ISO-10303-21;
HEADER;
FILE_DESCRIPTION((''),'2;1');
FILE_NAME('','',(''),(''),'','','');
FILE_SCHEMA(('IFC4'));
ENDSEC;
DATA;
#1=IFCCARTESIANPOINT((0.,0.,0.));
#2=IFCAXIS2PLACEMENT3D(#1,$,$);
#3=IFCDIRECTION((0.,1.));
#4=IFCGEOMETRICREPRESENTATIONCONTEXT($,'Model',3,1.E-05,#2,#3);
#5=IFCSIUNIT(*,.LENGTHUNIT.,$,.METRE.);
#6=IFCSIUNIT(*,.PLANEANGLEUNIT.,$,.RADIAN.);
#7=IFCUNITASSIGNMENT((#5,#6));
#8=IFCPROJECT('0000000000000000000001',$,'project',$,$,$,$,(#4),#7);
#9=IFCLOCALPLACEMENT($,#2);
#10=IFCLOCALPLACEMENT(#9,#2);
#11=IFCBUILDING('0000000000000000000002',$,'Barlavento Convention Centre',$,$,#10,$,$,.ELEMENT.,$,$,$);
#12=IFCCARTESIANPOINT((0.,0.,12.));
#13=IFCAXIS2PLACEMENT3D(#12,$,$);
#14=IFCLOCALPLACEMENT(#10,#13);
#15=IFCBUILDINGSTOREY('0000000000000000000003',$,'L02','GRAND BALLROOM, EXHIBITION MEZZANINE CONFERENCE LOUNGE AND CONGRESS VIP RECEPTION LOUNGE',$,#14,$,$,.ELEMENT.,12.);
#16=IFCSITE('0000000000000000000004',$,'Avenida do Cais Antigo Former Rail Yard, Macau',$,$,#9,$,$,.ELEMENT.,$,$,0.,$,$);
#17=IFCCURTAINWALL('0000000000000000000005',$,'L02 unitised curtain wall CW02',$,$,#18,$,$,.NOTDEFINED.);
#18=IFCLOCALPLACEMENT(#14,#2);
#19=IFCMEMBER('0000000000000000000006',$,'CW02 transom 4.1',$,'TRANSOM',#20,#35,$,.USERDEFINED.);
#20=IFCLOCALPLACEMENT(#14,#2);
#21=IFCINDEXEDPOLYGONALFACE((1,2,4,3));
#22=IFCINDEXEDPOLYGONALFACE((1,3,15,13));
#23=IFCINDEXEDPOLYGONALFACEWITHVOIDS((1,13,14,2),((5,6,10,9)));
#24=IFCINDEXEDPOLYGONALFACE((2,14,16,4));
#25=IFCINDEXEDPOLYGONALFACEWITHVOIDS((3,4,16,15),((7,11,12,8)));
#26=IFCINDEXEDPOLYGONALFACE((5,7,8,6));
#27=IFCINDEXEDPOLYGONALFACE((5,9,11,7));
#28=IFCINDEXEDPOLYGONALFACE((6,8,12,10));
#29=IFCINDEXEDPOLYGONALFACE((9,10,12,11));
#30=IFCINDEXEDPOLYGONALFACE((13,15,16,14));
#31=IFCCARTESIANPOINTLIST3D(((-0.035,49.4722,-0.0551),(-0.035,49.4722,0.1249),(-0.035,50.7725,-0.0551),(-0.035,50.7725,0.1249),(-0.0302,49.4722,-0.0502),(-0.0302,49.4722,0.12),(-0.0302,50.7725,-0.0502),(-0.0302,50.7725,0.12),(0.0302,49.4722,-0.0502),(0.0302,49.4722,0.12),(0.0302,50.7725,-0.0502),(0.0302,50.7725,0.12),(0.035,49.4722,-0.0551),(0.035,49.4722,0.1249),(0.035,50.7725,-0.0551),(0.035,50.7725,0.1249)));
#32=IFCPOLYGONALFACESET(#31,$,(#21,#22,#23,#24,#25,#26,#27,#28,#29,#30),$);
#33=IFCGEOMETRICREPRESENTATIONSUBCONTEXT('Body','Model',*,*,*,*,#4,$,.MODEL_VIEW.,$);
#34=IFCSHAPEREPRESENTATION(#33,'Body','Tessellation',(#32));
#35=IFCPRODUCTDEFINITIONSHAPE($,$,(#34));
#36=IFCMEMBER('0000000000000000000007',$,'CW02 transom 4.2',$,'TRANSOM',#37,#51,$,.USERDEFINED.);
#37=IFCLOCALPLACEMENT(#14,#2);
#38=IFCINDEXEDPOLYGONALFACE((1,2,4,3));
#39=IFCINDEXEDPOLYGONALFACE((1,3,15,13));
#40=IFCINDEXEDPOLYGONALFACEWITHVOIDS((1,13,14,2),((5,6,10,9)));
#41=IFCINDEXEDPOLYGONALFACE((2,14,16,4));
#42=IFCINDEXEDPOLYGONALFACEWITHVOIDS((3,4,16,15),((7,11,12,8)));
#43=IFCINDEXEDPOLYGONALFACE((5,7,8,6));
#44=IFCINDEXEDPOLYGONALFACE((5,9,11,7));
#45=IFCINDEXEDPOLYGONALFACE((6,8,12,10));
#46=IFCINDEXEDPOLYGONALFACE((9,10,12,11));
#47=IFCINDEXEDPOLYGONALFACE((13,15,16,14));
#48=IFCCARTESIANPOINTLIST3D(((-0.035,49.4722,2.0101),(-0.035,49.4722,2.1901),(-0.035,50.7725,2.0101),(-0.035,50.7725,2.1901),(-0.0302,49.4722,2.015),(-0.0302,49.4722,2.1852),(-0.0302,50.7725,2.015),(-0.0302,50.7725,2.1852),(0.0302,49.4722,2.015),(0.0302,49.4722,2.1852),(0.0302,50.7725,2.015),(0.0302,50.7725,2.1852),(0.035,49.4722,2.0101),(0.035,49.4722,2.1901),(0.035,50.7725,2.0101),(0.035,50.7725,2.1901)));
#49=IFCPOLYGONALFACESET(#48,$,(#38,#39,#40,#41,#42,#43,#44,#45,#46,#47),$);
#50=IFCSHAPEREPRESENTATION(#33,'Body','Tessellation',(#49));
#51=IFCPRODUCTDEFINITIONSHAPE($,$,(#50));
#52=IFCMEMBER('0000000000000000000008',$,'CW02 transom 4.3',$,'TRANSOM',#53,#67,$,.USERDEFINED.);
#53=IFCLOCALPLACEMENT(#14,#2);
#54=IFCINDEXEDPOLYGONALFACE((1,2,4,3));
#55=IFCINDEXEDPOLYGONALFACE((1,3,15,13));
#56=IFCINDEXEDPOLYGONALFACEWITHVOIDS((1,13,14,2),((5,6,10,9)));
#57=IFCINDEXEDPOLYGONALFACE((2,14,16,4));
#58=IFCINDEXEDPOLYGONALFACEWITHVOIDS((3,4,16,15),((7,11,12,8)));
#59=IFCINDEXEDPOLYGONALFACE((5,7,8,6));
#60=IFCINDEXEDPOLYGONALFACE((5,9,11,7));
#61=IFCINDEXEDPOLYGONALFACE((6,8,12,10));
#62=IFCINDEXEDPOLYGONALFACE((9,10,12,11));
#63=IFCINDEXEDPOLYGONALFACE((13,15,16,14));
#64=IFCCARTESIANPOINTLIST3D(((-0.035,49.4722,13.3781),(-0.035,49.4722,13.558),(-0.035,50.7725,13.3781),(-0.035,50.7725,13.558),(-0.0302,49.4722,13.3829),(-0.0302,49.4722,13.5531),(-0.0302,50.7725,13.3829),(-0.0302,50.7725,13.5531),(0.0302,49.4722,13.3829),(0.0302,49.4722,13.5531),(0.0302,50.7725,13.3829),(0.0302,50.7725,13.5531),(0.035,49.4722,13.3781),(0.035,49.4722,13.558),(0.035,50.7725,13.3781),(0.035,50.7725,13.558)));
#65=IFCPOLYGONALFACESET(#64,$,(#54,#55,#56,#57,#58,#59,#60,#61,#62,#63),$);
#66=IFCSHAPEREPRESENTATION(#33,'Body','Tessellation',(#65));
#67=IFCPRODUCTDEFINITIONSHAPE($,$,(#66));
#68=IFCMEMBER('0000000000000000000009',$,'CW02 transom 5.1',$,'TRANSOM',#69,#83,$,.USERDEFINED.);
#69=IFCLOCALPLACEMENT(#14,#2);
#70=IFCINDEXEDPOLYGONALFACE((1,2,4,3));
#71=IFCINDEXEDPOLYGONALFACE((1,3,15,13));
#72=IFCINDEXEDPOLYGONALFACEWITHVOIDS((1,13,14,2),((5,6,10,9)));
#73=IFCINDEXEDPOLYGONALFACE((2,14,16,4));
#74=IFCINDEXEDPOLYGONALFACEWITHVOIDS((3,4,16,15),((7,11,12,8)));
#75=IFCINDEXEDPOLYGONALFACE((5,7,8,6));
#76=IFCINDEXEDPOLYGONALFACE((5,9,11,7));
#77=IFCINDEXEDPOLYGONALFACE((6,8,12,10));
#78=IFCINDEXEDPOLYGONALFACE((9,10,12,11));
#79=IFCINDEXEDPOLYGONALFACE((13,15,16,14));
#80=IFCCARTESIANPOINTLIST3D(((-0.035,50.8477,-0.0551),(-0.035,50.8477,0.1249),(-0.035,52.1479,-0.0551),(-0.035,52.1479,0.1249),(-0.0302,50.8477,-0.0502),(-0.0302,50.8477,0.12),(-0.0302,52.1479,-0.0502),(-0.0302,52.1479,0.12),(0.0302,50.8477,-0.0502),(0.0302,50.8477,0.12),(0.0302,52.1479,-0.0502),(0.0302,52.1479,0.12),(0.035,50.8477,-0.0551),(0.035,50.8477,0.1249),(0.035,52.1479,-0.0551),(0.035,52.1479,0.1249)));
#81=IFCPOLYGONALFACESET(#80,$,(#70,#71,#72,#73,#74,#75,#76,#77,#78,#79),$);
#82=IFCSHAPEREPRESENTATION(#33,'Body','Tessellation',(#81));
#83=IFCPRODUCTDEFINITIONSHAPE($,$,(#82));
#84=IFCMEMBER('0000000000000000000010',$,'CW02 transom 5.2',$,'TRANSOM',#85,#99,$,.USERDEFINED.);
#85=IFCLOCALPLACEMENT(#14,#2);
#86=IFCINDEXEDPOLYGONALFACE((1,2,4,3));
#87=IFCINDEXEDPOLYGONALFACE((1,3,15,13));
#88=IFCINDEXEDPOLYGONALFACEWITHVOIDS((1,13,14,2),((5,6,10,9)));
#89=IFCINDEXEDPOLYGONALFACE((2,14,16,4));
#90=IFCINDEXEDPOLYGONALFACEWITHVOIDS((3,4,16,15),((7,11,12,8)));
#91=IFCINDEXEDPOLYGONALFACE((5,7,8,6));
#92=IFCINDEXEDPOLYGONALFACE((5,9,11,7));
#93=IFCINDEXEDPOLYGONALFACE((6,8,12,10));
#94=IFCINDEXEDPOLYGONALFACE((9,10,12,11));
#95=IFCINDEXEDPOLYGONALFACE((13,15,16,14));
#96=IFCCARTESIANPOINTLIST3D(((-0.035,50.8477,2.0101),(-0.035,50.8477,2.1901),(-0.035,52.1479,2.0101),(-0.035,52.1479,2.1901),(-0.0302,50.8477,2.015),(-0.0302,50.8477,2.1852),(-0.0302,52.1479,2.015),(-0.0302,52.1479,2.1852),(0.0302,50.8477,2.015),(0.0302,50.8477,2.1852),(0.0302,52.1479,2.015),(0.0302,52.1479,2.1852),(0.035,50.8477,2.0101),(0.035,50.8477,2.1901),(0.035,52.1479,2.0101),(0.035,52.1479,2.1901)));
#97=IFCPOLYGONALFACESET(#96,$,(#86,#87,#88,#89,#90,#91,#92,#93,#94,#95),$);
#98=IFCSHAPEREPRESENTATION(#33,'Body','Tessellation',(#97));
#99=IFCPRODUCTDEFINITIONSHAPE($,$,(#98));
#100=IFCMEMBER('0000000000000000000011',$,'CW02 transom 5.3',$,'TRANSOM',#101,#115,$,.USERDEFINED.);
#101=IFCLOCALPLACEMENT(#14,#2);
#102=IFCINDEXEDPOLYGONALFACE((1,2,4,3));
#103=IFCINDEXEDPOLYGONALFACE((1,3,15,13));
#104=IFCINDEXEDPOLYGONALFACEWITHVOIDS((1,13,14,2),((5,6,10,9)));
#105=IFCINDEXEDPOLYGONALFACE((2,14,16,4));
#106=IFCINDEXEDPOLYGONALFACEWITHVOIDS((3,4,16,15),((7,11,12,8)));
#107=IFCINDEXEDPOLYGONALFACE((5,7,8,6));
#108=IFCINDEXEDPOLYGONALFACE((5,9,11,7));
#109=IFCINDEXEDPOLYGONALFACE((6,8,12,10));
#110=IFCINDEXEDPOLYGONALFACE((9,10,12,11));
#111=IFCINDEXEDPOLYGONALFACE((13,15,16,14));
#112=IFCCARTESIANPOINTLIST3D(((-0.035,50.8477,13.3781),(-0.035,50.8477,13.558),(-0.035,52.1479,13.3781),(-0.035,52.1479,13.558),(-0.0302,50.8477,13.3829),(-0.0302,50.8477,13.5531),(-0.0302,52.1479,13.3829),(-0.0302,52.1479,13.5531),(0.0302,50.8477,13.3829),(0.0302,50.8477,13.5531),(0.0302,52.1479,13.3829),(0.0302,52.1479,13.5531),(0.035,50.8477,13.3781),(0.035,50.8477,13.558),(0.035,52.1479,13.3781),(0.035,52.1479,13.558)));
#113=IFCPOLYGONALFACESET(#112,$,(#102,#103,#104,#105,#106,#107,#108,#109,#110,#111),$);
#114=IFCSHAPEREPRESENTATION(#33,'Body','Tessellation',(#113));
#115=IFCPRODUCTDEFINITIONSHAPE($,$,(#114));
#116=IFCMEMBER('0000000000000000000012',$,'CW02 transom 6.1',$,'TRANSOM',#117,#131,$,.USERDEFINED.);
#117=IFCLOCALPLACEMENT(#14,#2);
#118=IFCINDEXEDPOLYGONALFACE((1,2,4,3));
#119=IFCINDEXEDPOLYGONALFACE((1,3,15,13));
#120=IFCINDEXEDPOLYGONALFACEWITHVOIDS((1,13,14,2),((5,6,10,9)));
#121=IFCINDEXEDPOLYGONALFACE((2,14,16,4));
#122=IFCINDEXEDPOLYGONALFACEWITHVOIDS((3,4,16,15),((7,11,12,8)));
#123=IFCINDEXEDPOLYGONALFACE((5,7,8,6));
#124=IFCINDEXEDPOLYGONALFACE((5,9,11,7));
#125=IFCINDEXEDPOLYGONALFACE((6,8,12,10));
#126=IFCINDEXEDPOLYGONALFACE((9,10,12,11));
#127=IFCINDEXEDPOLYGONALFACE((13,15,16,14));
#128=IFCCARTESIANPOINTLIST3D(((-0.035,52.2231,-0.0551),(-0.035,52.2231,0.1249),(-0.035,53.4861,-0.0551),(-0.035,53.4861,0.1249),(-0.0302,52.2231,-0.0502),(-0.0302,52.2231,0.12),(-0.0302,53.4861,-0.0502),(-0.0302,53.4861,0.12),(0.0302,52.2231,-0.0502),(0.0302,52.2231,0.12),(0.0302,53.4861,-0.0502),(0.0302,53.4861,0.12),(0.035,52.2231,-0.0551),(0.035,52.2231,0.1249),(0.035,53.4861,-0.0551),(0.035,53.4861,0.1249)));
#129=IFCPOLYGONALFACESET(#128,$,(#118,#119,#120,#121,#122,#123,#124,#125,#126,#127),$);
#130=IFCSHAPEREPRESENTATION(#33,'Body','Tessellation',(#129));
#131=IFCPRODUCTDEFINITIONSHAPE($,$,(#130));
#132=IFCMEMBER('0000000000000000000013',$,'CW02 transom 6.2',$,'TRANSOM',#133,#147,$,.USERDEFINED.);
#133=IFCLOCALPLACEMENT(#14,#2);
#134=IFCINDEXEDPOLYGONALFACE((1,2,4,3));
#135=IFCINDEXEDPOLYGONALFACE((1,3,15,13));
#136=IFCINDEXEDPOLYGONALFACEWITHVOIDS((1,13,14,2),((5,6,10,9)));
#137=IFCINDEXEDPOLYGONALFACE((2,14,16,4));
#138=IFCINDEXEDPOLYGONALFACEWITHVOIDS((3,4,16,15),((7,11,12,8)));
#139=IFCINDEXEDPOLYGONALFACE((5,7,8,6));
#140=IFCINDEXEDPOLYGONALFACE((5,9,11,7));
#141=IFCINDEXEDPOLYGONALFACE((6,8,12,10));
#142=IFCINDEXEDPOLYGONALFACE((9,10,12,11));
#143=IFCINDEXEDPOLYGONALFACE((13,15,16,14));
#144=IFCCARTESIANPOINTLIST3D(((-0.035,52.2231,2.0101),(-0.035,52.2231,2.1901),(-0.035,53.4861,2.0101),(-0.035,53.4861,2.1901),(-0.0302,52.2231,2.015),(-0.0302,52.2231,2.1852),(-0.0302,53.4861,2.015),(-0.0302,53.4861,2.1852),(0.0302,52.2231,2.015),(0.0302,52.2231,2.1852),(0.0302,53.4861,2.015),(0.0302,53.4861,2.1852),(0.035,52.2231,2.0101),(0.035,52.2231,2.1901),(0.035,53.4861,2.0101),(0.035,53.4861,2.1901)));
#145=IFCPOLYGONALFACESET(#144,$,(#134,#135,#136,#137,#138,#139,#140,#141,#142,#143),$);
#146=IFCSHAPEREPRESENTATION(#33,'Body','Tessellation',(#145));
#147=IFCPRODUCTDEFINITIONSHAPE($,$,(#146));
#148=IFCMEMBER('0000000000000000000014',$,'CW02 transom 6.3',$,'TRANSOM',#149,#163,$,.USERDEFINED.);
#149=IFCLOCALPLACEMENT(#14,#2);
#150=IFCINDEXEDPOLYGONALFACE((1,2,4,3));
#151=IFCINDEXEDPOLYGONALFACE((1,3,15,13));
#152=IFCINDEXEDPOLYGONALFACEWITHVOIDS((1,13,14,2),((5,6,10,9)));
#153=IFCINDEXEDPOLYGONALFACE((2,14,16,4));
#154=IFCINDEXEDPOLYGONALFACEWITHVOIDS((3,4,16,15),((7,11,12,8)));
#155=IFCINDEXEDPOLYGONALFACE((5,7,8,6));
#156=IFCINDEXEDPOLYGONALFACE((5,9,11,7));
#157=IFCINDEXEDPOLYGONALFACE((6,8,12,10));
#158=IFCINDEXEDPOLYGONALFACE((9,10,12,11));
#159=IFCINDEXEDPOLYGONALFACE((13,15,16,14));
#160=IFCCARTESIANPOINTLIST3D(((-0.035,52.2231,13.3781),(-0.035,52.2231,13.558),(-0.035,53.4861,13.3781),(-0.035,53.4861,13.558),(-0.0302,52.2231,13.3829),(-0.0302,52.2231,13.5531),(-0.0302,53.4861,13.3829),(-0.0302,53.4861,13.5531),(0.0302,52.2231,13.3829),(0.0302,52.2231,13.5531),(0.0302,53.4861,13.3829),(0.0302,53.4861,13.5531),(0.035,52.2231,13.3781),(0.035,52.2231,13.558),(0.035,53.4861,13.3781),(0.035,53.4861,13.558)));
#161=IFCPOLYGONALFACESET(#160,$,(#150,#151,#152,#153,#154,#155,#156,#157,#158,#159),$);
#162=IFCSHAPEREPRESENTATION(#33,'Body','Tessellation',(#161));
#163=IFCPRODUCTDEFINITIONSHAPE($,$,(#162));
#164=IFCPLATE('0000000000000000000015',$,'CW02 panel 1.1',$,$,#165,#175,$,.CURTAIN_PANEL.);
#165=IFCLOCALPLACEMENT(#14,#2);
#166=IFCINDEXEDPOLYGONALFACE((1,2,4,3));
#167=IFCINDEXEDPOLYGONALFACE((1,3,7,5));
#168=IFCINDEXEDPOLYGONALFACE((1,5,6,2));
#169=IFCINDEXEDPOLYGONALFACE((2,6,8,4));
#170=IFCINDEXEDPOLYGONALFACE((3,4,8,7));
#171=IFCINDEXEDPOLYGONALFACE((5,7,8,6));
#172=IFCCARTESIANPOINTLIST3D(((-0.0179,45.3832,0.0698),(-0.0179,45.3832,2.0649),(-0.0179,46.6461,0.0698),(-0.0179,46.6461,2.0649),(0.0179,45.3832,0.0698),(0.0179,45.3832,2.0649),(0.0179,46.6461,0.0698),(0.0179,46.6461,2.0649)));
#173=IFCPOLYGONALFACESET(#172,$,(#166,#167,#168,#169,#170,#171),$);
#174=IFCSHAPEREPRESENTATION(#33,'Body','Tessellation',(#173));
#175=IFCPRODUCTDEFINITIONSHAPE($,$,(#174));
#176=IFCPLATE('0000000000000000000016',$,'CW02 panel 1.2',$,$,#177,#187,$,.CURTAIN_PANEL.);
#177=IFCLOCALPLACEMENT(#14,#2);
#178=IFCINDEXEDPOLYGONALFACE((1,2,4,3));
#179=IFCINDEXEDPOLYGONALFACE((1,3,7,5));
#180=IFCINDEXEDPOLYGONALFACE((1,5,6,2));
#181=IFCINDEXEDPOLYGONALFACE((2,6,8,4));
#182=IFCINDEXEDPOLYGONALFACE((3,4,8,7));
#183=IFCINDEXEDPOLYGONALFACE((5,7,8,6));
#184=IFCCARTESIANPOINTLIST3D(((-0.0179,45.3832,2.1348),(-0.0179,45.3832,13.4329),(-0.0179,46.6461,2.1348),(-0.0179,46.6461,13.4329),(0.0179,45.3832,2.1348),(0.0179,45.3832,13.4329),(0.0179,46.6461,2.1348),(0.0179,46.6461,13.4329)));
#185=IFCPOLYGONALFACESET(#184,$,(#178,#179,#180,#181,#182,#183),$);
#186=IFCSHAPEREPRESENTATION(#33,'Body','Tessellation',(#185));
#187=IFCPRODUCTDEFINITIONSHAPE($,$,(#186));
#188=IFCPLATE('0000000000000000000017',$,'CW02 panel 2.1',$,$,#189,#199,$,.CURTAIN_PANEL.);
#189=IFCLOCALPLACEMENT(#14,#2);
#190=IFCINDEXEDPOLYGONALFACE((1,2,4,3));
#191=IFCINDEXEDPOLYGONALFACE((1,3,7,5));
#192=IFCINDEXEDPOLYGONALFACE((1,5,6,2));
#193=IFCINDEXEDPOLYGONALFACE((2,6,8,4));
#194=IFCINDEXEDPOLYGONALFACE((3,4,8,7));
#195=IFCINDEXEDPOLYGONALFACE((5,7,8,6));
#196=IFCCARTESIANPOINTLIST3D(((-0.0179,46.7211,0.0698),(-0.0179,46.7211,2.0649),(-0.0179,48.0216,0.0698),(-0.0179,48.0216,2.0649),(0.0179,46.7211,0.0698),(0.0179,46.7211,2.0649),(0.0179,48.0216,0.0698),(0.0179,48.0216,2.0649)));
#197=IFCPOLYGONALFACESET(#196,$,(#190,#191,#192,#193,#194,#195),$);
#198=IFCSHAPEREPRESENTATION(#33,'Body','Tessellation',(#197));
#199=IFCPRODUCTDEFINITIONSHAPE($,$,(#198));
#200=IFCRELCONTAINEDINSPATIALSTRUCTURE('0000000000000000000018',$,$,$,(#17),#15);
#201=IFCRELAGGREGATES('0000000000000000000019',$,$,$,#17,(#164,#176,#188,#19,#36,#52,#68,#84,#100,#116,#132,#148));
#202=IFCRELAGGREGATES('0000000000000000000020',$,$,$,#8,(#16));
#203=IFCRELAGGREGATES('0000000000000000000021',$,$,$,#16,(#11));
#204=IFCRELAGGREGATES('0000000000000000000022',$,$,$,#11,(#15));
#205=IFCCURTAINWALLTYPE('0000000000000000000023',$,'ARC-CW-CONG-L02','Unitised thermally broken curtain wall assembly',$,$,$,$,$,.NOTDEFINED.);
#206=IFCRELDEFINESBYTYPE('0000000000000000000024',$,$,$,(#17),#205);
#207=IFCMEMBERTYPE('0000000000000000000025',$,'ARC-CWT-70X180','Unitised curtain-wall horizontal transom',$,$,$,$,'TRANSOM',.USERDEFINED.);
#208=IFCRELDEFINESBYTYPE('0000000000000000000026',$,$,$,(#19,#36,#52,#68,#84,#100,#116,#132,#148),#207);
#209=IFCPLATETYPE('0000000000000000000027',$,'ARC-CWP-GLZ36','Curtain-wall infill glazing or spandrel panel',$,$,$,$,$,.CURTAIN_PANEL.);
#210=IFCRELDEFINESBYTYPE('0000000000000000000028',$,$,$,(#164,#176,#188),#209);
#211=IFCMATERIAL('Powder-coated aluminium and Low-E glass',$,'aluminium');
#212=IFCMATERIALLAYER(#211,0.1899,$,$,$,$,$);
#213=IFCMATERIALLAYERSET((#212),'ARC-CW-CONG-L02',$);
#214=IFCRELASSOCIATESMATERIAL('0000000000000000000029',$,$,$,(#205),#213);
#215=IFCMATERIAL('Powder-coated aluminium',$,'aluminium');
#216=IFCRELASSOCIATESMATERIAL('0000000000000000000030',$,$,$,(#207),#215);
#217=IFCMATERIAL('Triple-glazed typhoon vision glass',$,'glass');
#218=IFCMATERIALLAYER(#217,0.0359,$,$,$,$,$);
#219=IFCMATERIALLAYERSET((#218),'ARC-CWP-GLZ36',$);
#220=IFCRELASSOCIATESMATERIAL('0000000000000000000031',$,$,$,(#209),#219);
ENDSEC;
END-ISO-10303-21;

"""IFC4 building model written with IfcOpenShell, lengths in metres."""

from ifc_helpers import new_model, si_unit, direction, frame, origin, origin_2d, place, context, subcontext, project, spatial, rectangle, hollow_rectangle, extrude, material, layer, layer_set, material_profile, profile_set, type_object, element, aggregate, save


model = new_model("IFC4")

# Units and contexts
model_context = context("Model", 3, precision=1e-05, world=origin(), true_north=direction((0.0, 1.0)))
body_context = subcontext(model_context, "Body", "Model", "MODEL_VIEW")
ifc_project = project(units=[si_unit("LENGTHUNIT", "METRE"), si_unit("PLANEANGLEUNIT", "RADIAN")], contexts=[model_context])

# Site, building, storey
site_placement = place(None, origin())
site = spatial("IfcSite", under=ifc_project, at=site_placement, Name="Avenida do Cais Antigo Former Rail Yard, Macau", CompositionType="ELEMENT", RefElevation=0.0)
building_placement = place(site_placement, origin())
building = spatial("IfcBuilding", under=site, at=building_placement, Name="Barlavento Convention Centre", CompositionType="ELEMENT")
storey_placement = place(building_placement, frame((0.0, 0.0, 12.0)))
storey = spatial("IfcBuildingStorey", under=building, at=storey_placement, Name="L02", Description="GRAND BALLROOM, EXHIBITION MEZZANINE CONFERENCE LOUNGE AND CONGRESS VIP RECEPTION LOUNGE", CompositionType="ELEMENT", Elevation=12.0)

# Curtain wall, members, plates
ifc_material_1 = material(Name="Powder-coated aluminium and Low-E glass", Category="aluminium")
ifc_layer_1 = layer(ifc_material_1, 0.1899)
ifc_layer_set_1 = layer_set([ifc_layer_1], Name="ARC-CW-CONG-L02")
curtain_wall_type = type_object("IfcCurtainWallType", Name="ARC-CW-CONG-L02", Description="Unitised thermally broken curtain wall assembly", PredefinedType="NOTDEFINED", material=ifc_layer_set_1)
curtain_wall_placement = place(storey_placement, origin())
curtain_wall = element("IfcCurtainWall", 1, at=curtain_wall_placement, inside=storey, type_object=curtain_wall_type, Name="L02 unitised curtain wall CW02", PredefinedType="NOTDEFINED")
ifc_material_2 = material(Name="Powder-coated aluminium", Category="aluminium")
ifc_material_profile_1 = material_profile(ifc_material_2, hollow_rectangle(XDim=0.0701, YDim=0.1799, WallThickness=0.0049, at=origin_2d()), Name="AL-TRAN 70x180x5")
ifc_profile_set_1 = profile_set([ifc_material_profile_1], Name="Powder-coated aluminium")
member_type_1 = type_object("IfcMemberType", Name="ARC-CWT-70X180", Description="Unitised curtain-wall horizontal transom", ElementType="TRANSOM", PredefinedType="USERDEFINED", material=ifc_profile_set_1)
member_1_placement = place(storey_placement, frame((0.0, 49.4722, 0.0349), z_axis=(0.0, 1.0, 0.0), x_axis=(-1.0, 0.0, 0.0)))
member_1 = element("IfcMember", 2, at=member_1_placement, type_object=member_type_1, Name="CW02 transom 4.1", ObjectType="TRANSOM", PredefinedType="USERDEFINED", context=body_context, shape_type="SweptSolid", body=[
    extrude(hollow_rectangle(XDim=0.0701, YDim=0.1799, WallThickness=0.0049, at=origin_2d()), origin(), (0.0, 0.0, 1.0), 1.3003),
])
member_2_placement = place(storey_placement, frame((0.0, 49.4722, 2.1001), z_axis=(0.0, 1.0, 0.0), x_axis=(-1.0, 0.0, 0.0)))
member_2 = element("IfcMember", 3, at=member_2_placement, type_object=member_type_1, Name="CW02 transom 4.2", ObjectType="TRANSOM", PredefinedType="USERDEFINED", context=body_context, shape_type="SweptSolid", body=[
    extrude(hollow_rectangle(XDim=0.0701, YDim=0.1799, WallThickness=0.0049, at=origin_2d()), origin(), (0.0, 0.0, 1.0), 1.3003),
])
member_3_placement = place(storey_placement, frame((0.0, 49.4722, 13.468), z_axis=(0.0, 1.0, 0.0), x_axis=(-1.0, 0.0, 0.0)))
member_3 = element("IfcMember", 4, at=member_3_placement, type_object=member_type_1, Name="CW02 transom 4.3", ObjectType="TRANSOM", PredefinedType="USERDEFINED", context=body_context, shape_type="SweptSolid", body=[
    extrude(hollow_rectangle(XDim=0.0701, YDim=0.1799, WallThickness=0.0049, at=origin_2d()), origin(), (0.0, 0.0, 1.0), 1.3003),
])
member_4_placement = place(storey_placement, frame((0.0, 50.8477, 0.0349), z_axis=(0.0, 1.0, 0.0), x_axis=(-1.0, 0.0, 0.0)))
member_4 = element("IfcMember", 5, at=member_4_placement, type_object=member_type_1, Name="CW02 transom 5.1", ObjectType="TRANSOM", PredefinedType="USERDEFINED", context=body_context, shape_type="SweptSolid", body=[
    extrude(hollow_rectangle(XDim=0.0701, YDim=0.1799, WallThickness=0.0049, at=origin_2d()), origin(), (0.0, 0.0, 1.0), 1.3003),
])
member_5_placement = place(storey_placement, frame((0.0, 50.8477, 2.1001), z_axis=(0.0, 1.0, 0.0), x_axis=(-1.0, 0.0, 0.0)))
member_5 = element("IfcMember", 6, at=member_5_placement, type_object=member_type_1, Name="CW02 transom 5.2", ObjectType="TRANSOM", PredefinedType="USERDEFINED", context=body_context, shape_type="SweptSolid", body=[
    extrude(hollow_rectangle(XDim=0.0701, YDim=0.1799, WallThickness=0.0049, at=origin_2d()), origin(), (0.0, 0.0, 1.0), 1.3003),
])
member_6_placement = place(storey_placement, frame((0.0, 50.8477, 13.468), z_axis=(0.0, 1.0, 0.0), x_axis=(-1.0, 0.0, 0.0)))
member_6 = element("IfcMember", 7, at=member_6_placement, type_object=member_type_1, Name="CW02 transom 5.3", ObjectType="TRANSOM", PredefinedType="USERDEFINED", context=body_context, shape_type="SweptSolid", body=[
    extrude(hollow_rectangle(XDim=0.0701, YDim=0.1799, WallThickness=0.0049, at=origin_2d()), origin(), (0.0, 0.0, 1.0), 1.3003),
])
member_7_placement = place(storey_placement, frame((0.0, 52.2231, 0.0349), z_axis=(0.0, 1.0, 0.0), x_axis=(-1.0, 0.0, 0.0)))
member_7 = element("IfcMember", 8, at=member_7_placement, type_object=member_type_1, Name="CW02 transom 6.1", ObjectType="TRANSOM", PredefinedType="USERDEFINED", context=body_context, shape_type="SweptSolid", body=[
    extrude(hollow_rectangle(XDim=0.0701, YDim=0.1799, WallThickness=0.0049, at=origin_2d()), origin(), (0.0, 0.0, 1.0), 1.2629),
])
member_8_placement = place(storey_placement, frame((0.0, 52.2231, 2.1001), z_axis=(0.0, 1.0, 0.0), x_axis=(-1.0, 0.0, 0.0)))
member_8 = element("IfcMember", 9, at=member_8_placement, type_object=member_type_1, Name="CW02 transom 6.2", ObjectType="TRANSOM", PredefinedType="USERDEFINED", context=body_context, shape_type="SweptSolid", body=[
    extrude(hollow_rectangle(XDim=0.0701, YDim=0.1799, WallThickness=0.0049, at=origin_2d()), origin(), (0.0, 0.0, 1.0), 1.2629),
])
member_9_placement = place(storey_placement, frame((0.0, 52.2231, 13.468), z_axis=(0.0, 1.0, 0.0), x_axis=(-1.0, 0.0, 0.0)))
member_9 = element("IfcMember", 10, at=member_9_placement, type_object=member_type_1, Name="CW02 transom 6.3", ObjectType="TRANSOM", PredefinedType="USERDEFINED", context=body_context, shape_type="SweptSolid", body=[
    extrude(hollow_rectangle(XDim=0.0701, YDim=0.1799, WallThickness=0.0049, at=origin_2d()), origin(), (0.0, 0.0, 1.0), 1.2629),
])
ifc_material_3 = material(Name="Triple-glazed typhoon vision glass", Category="glass")
ifc_layer_2 = layer(ifc_material_3, 0.0359)
ifc_layer_set_2 = layer_set([ifc_layer_2], Name="ARC-CWP-GLZ36")
plate_type = type_object("IfcPlateType", Name="ARC-CWP-GLZ36", Description="Curtain-wall infill glazing or spandrel panel", PredefinedType="CURTAIN_PANEL", material=ifc_layer_set_2)
plate_1_placement = place(storey_placement, frame((0.0, 46.0146, 0.0698), z_axis=(0.0, 0.0, 1.0), x_axis=(0.0, 1.0, 0.0)))
plate_1 = element("IfcPlate", 11, at=plate_1_placement, type_object=plate_type, Name="CW02 panel 1.1", PredefinedType="CURTAIN_PANEL", context=body_context, shape_type="SweptSolid", body=[
    extrude(rectangle(XDim=1.2629, YDim=0.0359, at=origin_2d()), origin(), (0.0, 0.0, 1.0), 1.9951),
])
plate_2_placement = place(storey_placement, frame((0.0, 46.0146, 2.1348), z_axis=(0.0, 0.0, 1.0), x_axis=(0.0, 1.0, 0.0)))
plate_2 = element("IfcPlate", 12, at=plate_2_placement, type_object=plate_type, Name="CW02 panel 1.2", PredefinedType="CURTAIN_PANEL", context=body_context, shape_type="SweptSolid", body=[
    extrude(rectangle(XDim=1.2629, YDim=0.0359, at=origin_2d()), origin(), (0.0, 0.0, 1.0), 11.2981),
])
plate_3_placement = place(storey_placement, frame((0.0, 47.3713, 0.0698), z_axis=(0.0, 0.0, 1.0), x_axis=(0.0, 1.0, 0.0)))
plate_3 = element("IfcPlate", 13, at=plate_3_placement, type_object=plate_type, Name="CW02 panel 2.1", PredefinedType="CURTAIN_PANEL", context=body_context, shape_type="SweptSolid", body=[
    extrude(rectangle(XDim=1.3005, YDim=0.0359, at=origin_2d()), origin(), (0.0, 0.0, 1.0), 1.9951),
])
aggregate(curtain_wall, [plate_1, plate_2, plate_3, member_1, member_2, member_3, member_4, member_5, member_6, member_7, member_8, member_9])

save(model, "model.ifc")
